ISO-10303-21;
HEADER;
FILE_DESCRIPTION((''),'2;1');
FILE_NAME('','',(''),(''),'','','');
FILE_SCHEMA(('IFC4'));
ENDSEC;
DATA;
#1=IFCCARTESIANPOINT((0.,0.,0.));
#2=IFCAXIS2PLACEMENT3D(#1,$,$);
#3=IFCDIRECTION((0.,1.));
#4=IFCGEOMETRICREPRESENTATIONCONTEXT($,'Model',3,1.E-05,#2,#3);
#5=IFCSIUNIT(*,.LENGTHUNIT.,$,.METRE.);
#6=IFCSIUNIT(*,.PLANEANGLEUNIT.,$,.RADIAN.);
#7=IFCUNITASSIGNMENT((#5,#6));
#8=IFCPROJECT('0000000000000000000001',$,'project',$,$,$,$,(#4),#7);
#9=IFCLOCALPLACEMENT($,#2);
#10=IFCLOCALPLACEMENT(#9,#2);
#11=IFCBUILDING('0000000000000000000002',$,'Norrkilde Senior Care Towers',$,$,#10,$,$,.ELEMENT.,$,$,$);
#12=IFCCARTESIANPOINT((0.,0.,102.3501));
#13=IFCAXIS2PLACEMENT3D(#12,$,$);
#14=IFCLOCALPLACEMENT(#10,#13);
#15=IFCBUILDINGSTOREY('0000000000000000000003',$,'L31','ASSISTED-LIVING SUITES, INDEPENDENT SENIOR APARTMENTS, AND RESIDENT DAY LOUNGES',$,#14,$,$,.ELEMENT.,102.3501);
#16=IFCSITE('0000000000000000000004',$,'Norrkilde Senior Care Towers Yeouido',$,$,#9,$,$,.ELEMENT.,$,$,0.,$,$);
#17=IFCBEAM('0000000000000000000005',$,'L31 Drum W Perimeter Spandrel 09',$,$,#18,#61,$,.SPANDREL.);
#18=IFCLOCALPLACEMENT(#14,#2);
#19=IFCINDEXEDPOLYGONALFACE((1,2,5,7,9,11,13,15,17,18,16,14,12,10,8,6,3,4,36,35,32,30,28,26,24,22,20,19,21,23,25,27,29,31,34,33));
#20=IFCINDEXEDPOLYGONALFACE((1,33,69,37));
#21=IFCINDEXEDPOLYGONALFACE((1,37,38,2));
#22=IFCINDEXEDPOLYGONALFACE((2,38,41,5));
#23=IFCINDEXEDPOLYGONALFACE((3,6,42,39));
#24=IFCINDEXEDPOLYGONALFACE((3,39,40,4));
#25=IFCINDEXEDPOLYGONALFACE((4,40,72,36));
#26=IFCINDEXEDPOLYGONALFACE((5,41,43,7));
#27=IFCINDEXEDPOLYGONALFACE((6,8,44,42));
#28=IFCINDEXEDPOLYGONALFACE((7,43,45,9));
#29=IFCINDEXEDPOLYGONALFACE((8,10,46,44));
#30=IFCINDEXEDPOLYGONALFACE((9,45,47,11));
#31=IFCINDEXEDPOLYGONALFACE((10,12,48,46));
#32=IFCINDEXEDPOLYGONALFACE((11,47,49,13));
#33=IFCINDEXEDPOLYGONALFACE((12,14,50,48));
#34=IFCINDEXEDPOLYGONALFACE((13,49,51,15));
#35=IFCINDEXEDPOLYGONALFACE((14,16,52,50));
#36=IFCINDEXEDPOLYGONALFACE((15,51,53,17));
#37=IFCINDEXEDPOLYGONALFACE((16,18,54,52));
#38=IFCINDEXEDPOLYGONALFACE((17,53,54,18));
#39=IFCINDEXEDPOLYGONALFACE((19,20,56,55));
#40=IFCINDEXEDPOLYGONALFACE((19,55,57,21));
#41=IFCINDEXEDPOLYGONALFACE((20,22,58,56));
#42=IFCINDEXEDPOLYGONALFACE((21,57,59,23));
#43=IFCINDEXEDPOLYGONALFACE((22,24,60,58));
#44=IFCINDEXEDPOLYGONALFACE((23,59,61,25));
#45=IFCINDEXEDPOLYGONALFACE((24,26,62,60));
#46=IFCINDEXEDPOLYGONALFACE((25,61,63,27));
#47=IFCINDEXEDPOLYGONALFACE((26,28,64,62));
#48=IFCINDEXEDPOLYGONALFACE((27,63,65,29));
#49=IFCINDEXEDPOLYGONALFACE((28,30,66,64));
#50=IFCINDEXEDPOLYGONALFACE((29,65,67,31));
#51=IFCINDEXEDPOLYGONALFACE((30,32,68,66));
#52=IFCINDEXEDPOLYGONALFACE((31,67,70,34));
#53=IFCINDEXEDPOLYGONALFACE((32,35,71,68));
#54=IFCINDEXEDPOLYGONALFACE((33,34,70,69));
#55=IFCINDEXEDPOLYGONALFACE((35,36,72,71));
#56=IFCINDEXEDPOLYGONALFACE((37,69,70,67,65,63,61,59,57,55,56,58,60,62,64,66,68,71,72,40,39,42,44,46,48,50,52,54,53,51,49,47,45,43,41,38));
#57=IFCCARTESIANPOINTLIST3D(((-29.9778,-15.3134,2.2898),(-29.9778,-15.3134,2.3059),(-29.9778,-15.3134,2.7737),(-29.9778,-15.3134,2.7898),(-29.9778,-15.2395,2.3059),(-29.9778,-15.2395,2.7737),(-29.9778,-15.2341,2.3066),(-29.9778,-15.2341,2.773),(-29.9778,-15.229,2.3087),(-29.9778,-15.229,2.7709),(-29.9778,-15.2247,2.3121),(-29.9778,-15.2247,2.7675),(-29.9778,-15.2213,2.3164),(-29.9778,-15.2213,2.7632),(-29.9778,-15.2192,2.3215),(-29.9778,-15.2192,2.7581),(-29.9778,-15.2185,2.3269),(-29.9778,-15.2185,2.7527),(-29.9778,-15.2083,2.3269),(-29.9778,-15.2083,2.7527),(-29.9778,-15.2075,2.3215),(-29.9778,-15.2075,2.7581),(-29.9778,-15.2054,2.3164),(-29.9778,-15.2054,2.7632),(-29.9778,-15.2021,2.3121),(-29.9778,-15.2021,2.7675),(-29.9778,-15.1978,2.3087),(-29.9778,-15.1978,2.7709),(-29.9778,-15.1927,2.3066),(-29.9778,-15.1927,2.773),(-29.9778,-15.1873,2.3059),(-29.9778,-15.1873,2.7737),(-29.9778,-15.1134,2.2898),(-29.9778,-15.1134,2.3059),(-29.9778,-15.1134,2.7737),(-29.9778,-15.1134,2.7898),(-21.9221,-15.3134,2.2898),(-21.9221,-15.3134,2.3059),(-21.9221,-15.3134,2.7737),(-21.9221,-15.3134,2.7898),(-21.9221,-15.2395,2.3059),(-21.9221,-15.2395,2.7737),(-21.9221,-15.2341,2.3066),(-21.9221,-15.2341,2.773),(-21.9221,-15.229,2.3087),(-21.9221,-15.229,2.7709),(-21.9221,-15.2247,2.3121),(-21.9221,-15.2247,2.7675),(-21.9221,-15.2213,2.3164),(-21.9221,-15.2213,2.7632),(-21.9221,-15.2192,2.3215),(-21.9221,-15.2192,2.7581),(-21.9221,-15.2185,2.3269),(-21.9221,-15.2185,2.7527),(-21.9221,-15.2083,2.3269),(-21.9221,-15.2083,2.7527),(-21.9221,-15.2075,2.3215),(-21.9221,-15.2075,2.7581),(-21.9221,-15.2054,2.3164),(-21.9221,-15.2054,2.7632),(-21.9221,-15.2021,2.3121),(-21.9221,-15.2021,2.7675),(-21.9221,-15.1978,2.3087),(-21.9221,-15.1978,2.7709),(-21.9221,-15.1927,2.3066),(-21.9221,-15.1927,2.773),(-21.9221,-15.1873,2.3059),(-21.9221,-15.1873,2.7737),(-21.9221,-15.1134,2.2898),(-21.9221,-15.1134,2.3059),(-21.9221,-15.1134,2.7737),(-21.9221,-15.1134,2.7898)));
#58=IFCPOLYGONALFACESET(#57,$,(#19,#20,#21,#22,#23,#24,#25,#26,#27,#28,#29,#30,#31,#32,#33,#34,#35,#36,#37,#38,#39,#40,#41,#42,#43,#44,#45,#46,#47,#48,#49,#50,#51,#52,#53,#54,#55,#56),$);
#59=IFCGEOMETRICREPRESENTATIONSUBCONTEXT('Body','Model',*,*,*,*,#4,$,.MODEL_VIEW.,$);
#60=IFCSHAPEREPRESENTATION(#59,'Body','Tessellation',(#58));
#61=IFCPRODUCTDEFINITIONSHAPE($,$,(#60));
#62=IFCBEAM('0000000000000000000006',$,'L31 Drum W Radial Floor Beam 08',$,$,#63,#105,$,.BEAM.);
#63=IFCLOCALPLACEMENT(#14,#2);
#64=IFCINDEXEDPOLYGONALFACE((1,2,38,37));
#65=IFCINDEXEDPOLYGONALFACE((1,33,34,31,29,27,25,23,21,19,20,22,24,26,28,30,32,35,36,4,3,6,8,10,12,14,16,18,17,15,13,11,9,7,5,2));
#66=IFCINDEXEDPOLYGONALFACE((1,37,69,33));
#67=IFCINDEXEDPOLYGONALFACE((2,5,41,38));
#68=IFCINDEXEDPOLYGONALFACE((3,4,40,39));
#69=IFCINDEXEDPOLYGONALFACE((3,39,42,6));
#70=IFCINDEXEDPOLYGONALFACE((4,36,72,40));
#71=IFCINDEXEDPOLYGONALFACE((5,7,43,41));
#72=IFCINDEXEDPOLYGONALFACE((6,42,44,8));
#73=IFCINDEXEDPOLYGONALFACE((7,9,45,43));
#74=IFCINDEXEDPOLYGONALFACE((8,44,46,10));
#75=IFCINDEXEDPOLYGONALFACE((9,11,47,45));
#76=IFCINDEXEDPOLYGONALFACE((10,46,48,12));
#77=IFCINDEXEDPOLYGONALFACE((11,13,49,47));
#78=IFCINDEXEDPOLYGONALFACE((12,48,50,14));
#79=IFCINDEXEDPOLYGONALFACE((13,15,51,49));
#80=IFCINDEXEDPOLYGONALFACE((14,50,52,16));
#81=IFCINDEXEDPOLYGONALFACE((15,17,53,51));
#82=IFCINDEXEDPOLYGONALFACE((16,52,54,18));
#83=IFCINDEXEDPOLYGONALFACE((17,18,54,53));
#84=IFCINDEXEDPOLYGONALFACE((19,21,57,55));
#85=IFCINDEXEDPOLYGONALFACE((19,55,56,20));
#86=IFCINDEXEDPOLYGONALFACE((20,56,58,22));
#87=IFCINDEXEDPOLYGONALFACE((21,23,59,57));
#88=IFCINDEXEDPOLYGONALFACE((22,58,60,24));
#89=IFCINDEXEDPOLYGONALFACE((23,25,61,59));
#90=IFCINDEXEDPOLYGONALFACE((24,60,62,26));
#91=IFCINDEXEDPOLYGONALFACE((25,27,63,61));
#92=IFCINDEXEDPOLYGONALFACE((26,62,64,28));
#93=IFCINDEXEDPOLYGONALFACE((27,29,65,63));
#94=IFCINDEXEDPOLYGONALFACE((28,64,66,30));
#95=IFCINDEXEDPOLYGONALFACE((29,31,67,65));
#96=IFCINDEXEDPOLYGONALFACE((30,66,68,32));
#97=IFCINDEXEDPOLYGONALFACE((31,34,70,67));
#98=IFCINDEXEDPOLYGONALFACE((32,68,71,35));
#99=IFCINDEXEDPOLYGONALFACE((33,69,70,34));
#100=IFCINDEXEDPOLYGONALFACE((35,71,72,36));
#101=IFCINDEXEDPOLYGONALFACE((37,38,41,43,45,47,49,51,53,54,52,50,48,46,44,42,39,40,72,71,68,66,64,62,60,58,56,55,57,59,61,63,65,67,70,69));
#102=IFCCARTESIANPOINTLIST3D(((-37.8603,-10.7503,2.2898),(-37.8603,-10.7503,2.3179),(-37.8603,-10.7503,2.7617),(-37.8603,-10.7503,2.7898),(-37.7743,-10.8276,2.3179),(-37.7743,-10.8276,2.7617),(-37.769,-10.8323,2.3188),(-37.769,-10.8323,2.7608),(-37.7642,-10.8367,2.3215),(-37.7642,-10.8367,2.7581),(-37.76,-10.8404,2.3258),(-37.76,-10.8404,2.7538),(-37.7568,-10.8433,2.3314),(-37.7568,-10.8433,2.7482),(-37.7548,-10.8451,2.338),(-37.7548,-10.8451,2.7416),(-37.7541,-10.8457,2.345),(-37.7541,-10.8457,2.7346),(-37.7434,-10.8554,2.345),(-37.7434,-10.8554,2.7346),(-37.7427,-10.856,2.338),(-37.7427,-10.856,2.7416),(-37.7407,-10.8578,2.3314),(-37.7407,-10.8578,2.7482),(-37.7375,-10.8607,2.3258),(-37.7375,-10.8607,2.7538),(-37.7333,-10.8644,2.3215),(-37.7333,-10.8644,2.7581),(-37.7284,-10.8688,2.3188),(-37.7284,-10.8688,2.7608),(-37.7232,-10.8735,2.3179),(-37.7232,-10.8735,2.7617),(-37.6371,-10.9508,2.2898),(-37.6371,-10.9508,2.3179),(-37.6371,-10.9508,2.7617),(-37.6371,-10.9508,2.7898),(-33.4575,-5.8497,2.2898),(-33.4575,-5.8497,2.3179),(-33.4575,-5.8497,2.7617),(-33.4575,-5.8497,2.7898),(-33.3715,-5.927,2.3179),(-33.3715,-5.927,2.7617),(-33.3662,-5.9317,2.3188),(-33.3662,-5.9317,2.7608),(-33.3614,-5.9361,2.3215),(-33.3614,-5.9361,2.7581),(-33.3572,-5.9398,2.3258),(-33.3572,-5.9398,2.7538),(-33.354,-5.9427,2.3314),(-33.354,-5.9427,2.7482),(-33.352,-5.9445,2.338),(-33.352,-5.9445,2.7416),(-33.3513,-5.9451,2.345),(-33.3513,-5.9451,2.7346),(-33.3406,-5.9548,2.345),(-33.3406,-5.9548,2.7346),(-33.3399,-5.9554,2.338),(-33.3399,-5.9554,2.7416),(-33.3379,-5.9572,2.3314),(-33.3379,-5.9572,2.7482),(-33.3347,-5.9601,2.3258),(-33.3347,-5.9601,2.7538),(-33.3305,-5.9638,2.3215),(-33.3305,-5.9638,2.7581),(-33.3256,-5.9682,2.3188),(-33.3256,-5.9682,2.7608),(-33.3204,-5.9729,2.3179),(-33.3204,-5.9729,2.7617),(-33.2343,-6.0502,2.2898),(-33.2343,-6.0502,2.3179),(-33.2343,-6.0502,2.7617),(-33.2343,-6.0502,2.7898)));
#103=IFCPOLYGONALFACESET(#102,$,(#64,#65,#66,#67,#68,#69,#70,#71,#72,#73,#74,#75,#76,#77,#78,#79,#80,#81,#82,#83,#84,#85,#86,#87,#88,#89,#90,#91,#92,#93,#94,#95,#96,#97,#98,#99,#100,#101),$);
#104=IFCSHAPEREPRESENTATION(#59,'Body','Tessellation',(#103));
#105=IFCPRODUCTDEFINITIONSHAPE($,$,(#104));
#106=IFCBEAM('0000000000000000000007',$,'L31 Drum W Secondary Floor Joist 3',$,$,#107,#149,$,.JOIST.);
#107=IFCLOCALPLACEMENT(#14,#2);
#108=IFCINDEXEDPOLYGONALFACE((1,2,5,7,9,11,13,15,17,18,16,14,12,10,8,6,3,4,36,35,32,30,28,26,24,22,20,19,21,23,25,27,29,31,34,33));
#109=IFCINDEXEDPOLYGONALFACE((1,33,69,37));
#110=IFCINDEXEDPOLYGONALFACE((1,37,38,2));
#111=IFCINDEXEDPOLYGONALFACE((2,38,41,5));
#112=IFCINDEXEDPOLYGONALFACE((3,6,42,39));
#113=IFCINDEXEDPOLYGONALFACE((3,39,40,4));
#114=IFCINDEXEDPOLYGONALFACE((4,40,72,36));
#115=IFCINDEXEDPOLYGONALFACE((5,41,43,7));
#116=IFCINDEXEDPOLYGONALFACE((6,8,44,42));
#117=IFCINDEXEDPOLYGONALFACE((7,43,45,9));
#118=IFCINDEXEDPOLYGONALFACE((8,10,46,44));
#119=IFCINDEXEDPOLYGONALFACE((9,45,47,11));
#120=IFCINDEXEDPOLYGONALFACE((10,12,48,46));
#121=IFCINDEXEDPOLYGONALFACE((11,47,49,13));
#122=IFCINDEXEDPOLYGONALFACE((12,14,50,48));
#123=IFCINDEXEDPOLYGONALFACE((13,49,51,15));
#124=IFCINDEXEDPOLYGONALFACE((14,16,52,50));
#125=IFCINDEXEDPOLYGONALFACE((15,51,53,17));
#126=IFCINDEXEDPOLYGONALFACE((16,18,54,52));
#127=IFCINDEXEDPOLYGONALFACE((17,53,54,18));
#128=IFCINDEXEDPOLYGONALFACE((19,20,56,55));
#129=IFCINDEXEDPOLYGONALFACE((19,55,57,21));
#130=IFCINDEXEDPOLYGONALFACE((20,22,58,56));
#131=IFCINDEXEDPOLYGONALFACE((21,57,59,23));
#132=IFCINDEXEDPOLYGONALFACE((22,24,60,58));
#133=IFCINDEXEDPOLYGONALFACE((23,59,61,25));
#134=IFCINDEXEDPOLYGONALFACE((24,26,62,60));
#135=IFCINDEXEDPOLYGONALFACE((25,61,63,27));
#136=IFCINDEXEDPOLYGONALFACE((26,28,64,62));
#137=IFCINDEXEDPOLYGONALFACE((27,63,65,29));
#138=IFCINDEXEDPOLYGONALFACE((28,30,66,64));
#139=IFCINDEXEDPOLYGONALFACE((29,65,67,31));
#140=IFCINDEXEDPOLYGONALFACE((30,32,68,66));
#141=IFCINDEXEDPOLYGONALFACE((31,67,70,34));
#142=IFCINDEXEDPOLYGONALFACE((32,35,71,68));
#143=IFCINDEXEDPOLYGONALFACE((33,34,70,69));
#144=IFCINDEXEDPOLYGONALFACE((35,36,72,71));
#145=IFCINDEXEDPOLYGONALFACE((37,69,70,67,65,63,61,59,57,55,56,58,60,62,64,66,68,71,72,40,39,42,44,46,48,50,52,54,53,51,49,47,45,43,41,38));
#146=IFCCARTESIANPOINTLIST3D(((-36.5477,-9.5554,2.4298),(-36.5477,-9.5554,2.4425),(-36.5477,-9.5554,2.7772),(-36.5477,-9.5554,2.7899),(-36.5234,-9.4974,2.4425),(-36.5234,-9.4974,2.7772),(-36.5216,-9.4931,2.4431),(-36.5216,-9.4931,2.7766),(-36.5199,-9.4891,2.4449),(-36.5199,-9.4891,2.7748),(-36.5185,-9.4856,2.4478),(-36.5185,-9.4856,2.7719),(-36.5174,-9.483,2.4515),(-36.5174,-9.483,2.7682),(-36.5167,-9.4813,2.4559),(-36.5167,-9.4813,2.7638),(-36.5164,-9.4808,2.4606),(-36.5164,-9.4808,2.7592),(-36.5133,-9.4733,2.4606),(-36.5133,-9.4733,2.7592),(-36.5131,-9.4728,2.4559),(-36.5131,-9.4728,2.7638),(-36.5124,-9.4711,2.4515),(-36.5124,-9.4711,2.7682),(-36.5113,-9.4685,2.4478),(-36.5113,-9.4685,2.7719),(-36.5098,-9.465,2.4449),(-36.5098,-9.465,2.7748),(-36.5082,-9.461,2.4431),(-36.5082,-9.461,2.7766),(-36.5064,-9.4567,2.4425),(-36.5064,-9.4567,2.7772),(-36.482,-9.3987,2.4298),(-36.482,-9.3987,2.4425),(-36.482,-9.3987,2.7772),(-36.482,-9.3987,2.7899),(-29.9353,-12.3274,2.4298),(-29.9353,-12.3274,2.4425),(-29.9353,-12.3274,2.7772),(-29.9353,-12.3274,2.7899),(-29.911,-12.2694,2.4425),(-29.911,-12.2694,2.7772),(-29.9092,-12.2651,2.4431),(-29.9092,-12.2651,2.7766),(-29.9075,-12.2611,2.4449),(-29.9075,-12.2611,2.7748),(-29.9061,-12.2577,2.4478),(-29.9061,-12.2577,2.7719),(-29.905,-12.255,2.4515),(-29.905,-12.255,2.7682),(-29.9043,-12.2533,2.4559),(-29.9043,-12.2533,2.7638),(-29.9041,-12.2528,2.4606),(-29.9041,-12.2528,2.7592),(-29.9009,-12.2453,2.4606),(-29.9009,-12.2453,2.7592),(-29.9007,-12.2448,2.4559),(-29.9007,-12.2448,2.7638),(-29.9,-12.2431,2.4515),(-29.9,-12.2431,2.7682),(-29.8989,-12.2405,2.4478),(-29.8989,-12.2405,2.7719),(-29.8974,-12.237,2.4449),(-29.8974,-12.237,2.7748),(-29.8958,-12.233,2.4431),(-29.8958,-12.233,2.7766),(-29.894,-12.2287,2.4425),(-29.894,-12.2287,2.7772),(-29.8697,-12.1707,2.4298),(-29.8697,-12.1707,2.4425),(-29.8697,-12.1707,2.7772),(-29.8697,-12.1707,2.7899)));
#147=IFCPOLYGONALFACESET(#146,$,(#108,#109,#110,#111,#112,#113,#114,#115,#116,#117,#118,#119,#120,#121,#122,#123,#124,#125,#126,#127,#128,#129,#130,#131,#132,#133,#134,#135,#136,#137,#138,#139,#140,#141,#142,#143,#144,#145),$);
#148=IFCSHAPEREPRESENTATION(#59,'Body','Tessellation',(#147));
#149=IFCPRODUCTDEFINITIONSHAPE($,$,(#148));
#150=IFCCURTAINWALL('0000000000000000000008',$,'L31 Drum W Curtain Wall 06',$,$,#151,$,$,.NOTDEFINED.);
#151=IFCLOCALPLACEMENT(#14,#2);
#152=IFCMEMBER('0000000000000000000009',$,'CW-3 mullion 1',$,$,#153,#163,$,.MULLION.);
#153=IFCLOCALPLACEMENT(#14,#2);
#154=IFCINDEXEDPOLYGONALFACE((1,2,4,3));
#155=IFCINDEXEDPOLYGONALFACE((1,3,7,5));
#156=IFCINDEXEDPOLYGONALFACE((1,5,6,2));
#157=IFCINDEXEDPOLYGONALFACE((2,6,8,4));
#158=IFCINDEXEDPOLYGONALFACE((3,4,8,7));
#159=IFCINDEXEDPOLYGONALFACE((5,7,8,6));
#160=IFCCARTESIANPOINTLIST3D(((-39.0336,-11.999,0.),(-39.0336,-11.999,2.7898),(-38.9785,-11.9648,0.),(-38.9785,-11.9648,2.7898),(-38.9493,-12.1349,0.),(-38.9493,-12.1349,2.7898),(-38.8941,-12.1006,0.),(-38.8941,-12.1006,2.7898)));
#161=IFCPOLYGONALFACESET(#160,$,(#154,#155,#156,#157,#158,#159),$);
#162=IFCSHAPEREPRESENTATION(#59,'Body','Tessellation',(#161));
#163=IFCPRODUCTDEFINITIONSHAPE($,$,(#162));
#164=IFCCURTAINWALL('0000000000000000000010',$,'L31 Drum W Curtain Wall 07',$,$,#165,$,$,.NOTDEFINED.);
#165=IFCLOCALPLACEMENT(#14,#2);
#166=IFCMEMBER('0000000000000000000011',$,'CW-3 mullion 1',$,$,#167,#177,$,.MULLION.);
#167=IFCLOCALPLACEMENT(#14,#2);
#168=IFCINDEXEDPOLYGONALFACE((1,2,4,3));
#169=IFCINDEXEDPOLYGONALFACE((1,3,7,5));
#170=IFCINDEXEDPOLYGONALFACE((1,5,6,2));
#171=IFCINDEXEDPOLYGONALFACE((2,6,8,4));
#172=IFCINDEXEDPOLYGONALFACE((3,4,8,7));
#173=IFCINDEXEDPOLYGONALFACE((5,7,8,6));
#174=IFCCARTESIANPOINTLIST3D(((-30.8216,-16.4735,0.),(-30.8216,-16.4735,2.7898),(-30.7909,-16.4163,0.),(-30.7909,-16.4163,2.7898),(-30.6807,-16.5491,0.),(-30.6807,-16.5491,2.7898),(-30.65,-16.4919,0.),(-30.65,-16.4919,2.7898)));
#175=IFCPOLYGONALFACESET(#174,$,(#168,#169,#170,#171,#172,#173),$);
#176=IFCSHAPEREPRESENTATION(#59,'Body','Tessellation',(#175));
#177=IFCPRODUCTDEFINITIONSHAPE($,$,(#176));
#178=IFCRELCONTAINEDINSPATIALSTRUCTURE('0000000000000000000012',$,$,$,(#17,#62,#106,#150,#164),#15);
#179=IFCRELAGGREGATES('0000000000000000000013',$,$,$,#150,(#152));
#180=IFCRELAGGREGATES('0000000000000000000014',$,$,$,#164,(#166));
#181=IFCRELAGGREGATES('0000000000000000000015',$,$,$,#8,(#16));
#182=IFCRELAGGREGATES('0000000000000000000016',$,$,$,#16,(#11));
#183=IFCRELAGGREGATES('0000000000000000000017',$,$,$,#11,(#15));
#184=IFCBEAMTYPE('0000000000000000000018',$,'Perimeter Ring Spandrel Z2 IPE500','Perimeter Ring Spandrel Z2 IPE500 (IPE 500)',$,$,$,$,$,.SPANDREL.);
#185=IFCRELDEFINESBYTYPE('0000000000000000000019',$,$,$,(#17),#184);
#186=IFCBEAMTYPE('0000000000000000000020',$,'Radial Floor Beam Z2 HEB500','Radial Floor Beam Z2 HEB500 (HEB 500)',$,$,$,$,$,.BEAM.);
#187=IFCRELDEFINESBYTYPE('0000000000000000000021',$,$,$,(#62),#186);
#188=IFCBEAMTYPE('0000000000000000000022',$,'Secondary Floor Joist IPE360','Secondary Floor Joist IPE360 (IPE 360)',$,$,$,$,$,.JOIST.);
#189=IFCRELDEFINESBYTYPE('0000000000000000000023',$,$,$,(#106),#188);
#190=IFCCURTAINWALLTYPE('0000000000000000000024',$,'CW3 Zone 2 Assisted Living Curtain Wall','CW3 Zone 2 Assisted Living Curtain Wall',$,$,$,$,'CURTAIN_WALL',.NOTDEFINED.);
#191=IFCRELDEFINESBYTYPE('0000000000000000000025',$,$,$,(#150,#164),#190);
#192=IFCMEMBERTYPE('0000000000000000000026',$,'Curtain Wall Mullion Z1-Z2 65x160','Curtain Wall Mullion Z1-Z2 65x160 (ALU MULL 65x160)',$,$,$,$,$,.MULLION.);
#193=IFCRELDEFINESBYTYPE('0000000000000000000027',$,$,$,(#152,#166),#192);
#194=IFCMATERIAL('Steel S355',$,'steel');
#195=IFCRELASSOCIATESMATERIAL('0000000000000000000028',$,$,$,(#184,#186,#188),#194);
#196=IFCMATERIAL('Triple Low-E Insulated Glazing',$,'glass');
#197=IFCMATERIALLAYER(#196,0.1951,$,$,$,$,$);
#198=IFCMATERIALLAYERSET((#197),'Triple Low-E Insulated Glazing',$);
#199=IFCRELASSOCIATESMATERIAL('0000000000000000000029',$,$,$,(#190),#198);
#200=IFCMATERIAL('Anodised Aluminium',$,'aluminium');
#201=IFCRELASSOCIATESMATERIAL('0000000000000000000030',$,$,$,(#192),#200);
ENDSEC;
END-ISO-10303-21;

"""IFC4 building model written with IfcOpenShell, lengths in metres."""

from ifc_helpers import new_model, si_unit, direction, frame, origin, origin_2d, place, context, subcontext, project, spatial, rectangle, i_section, extrude, source, transform, mapped, material, layer, layer_set, material_profile, profile_set, type_object, type_shapes, element, aggregate, save


model = new_model("IFC4")

# Units and contexts
model_context = context("Model", 3, precision=1e-05, world=origin(), true_north=direction((0.0, 1.0)))
body_context = subcontext(model_context, "Body", "Model", "MODEL_VIEW")
ifc_project = project(units=[si_unit("LENGTHUNIT", "METRE"), si_unit("PLANEANGLEUNIT", "RADIAN")], contexts=[model_context])

# Site, building, storey
site_placement = place(None, origin())
site = spatial("IfcSite", under=ifc_project, at=site_placement, Name="Norrkilde Senior Care Towers Yeouido", CompositionType="ELEMENT", RefElevation=0.0)
building_placement = place(site_placement, origin())
building = spatial("IfcBuilding", under=site, at=building_placement, Name="Norrkilde Senior Care Towers", CompositionType="ELEMENT")
storey_placement = place(building_placement, frame((0.0, 0.0, 102.3501)))
storey = spatial("IfcBuildingStorey", under=building, at=storey_placement, Name="L31", Description="ASSISTED-LIVING SUITES, INDEPENDENT SENIOR APARTMENTS, AND RESIDENT DAY LOUNGES", CompositionType="ELEMENT", Elevation=102.3501)

# Beams
ifc_material_1 = material(Name="Steel S355", Category="steel")
ifc_material_profile_1 = material_profile(ifc_material_1, i_section(OverallWidth=0.2, OverallDepth=0.5, WebThickness=0.0103, FlangeThickness=0.0161, FilletRadius=0.021, at=origin_2d()), Name="IPE 500")
ifc_profile_set_1 = profile_set([ifc_material_profile_1], Name="Steel S355")
beam_type_1 = type_object("IfcBeamType", Name="Perimeter Ring Spandrel Z2 IPE500", Description="Perimeter Ring Spandrel Z2 IPE500 (IPE 500)", PredefinedType="SPANDREL", material=ifc_profile_set_1)
shared_shape_1 = source(origin(), body_context, "Body", "SweptSolid", [
    extrude(i_section(OverallWidth=0.2, OverallDepth=0.5, WebThickness=0.0103, FlangeThickness=0.0161, FilletRadius=0.021, at=origin_2d()), origin(), (0.0, 0.0, 1.0), 8.0557),
])
beam_1_placement = place(storey_placement, frame((-29.9778, -15.2134, 2.5398), z_axis=(1.0, 0.0, 0.0), x_axis=(0.0, 1.0, 0.0)))
element("IfcBeam", 1, at=beam_1_placement, inside=storey, type_object=beam_type_1, Name="L31 Drum W Perimeter Spandrel 09", PredefinedType="SPANDREL", context=body_context, shape_type="MappedRepresentation", body=[
    mapped(shared_shape_1, transform((0.0, 0.0, 0.0), x_axis=(1.0, 0.0, 0.0), y_axis=(0.0, 1.0, 0.0), z_axis=(0.0, 0.0, 1.0), scale=1.0)),
])
ifc_material_profile_2 = material_profile(ifc_material_1, i_section(OverallWidth=0.3, OverallDepth=0.5, WebThickness=0.0144, FlangeThickness=0.0281, FilletRadius=0.0271, at=origin_2d()), Name="HEB 500")
ifc_profile_set_2 = profile_set([ifc_material_profile_2], Name="Steel S355")
beam_type_2 = type_object("IfcBeamType", Name="Radial Floor Beam Z2 HEB500", Description="Radial Floor Beam Z2 HEB500 (HEB 500)", PredefinedType="BEAM", material=ifc_profile_set_2)
shared_shape_2 = source(origin(), body_context, "Body", "SweptSolid", [
    extrude(i_section(OverallWidth=0.3, OverallDepth=0.5, WebThickness=0.0144, FlangeThickness=0.0281, FilletRadius=0.0271, at=origin_2d()), origin(), (0.0, 0.0, 1.0), 6.5879),
])
type_shapes(beam_type_2, [shared_shape_2])
beam_2_placement = place(storey_placement, frame((-33.3459, -5.95, 2.5398), z_axis=(-0.668315, -0.743878, 0.0), x_axis=(0.743878, -0.668315, 0.0)))
element("IfcBeam", 2, at=beam_2_placement, inside=storey, type_object=beam_type_2, Name="L31 Drum W Radial Floor Beam 08", PredefinedType="BEAM", context=body_context, shape_type="MappedRepresentation", body=[
    mapped(shared_shape_2, transform((0.0, 0.0, 0.0), x_axis=(1.0, 0.0, 0.0), y_axis=(0.0, 1.0, 0.0), z_axis=(0.0, 0.0, 1.0), scale=1.0)),
])
ifc_material_profile_3 = material_profile(ifc_material_1, i_section(OverallWidth=0.1699, OverallDepth=0.3601, WebThickness=0.0081, FlangeThickness=0.0127, FilletRadius=0.0181, at=origin_2d()), Name="IPE 360")
ifc_profile_set_3 = profile_set([ifc_material_profile_3], Name="Steel S355")
beam_type_3 = type_object("IfcBeamType", Name="Secondary Floor Joist IPE360", Description="Secondary Floor Joist IPE360 (IPE 360)", PredefinedType="JOIST", material=ifc_profile_set_3)
shared_shape_3 = source(origin(), body_context, "Body", "SweptSolid", [
    extrude(i_section(OverallWidth=0.1699, OverallDepth=0.3601, WebThickness=0.0081, FlangeThickness=0.0127, FilletRadius=0.0181, at=origin_2d()), origin(), (0.0, 0.0, 1.0), 7.1699),
])
type_shapes(beam_type_3, [shared_shape_3])
beam_3_placement = place(storey_placement, frame((-36.5149, -9.4771, 2.6099), z_axis=(0.922241, -0.386616, 0.0), x_axis=(0.386616, 0.922241, 0.0)))
element("IfcBeam", 3, at=beam_3_placement, inside=storey, type_object=beam_type_3, Name="L31 Drum W Secondary Floor Joist 3", PredefinedType="JOIST", context=body_context, shape_type="MappedRepresentation", body=[
    mapped(shared_shape_3, transform((0.0, 0.0, 0.0), x_axis=(1.0, 0.0, 0.0), y_axis=(0.0, 1.0, 0.0), z_axis=(0.0, 0.0, 1.0), scale=1.0)),
])

# Curtain wall, member
ifc_material_2 = material(Name="Triple Low-E Insulated Glazing", Category="glass")
ifc_layer_1 = layer(ifc_material_2, 0.1951)
ifc_layer_set_1 = layer_set([ifc_layer_1], Name="Triple Low-E Insulated Glazing")
curtain_wall_type = type_object("IfcCurtainWallType", Name="CW3 Zone 2 Assisted Living Curtain Wall", Description="CW3 Zone 2 Assisted Living Curtain Wall", ElementType="CURTAIN_WALL", PredefinedType="NOTDEFINED", material=ifc_layer_set_1)
curtain_wall_1_placement = place(storey_placement, origin())
curtain_wall_1 = element("IfcCurtainWall", 4, at=curtain_wall_1_placement, inside=storey, type_object=curtain_wall_type, Name="L31 Drum W Curtain Wall 06", PredefinedType="NOTDEFINED")
ifc_material_3 = material(Name="Anodised Aluminium", Category="aluminium")
ifc_material_profile_4 = material_profile(ifc_material_3, rectangle(XDim=0.0649, YDim=0.1599, at=origin_2d()), Name="ALU MULL 65x160")
ifc_profile_set_4 = profile_set([ifc_material_profile_4], Name="Anodised Aluminium")
member_type_1 = type_object("IfcMemberType", Name="Curtain Wall Mullion Z1-Z2 65x160", Description="Curtain Wall Mullion Z1-Z2 65x160 (ALU MULL 65x160)", PredefinedType="MULLION", material=ifc_profile_set_4)
shared_shape_4 = source(origin(), body_context, "Body", "SweptSolid", [
    extrude(rectangle(XDim=0.0649, YDim=0.1599, at=origin_2d()), origin(), (0.0, 0.0, 1.0), 2.7898),
])
type_shapes(member_type_1, [shared_shape_4])
member_1_placement = place(storey_placement, frame((-38.9639, -12.0498, 0.0), z_axis=(0.0, 0.0, 1.0), x_axis=(-0.84941, -0.527733, 0.0)))
member_1 = element("IfcMember", 5, at=member_1_placement, type_object=member_type_1, Name="CW-3 mullion 1", PredefinedType="MULLION", context=body_context, shape_type="MappedRepresentation", body=[
    mapped(shared_shape_4, transform((0.0, 0.0, 0.0), x_axis=(1.0, 0.0, 0.0), y_axis=(0.0, 1.0, 0.0), z_axis=(0.0, 0.0, 1.0), scale=1.0)),
])

# Curtain wall, member
curtain_wall_2_placement = place(storey_placement, origin())
curtain_wall_2 = element("IfcCurtainWall", 6, at=curtain_wall_2_placement, inside=storey, type_object=curtain_wall_type, Name="L31 Drum W Curtain Wall 07", PredefinedType="NOTDEFINED")
member_2_placement = place(storey_placement, frame((-30.7358, -16.4827, 0.0), z_axis=(0.0, 0.0, 1.0), x_axis=(-0.472769, -0.881186, 0.0)))
member_2 = element("IfcMember", 7, at=member_2_placement, type_object=member_type_1, Name="CW-3 mullion 1", PredefinedType="MULLION", context=body_context, shape_type="MappedRepresentation", body=[
    mapped(shared_shape_4, transform((0.0, 0.0, 0.0), x_axis=(1.0, 0.0, 0.0), y_axis=(0.0, 1.0, 0.0), z_axis=(0.0, 0.0, 1.0), scale=1.0)),
])

aggregate(curtain_wall_1, [member_1])
aggregate(curtain_wall_2, [member_2])

save(model, "model.ifc")
